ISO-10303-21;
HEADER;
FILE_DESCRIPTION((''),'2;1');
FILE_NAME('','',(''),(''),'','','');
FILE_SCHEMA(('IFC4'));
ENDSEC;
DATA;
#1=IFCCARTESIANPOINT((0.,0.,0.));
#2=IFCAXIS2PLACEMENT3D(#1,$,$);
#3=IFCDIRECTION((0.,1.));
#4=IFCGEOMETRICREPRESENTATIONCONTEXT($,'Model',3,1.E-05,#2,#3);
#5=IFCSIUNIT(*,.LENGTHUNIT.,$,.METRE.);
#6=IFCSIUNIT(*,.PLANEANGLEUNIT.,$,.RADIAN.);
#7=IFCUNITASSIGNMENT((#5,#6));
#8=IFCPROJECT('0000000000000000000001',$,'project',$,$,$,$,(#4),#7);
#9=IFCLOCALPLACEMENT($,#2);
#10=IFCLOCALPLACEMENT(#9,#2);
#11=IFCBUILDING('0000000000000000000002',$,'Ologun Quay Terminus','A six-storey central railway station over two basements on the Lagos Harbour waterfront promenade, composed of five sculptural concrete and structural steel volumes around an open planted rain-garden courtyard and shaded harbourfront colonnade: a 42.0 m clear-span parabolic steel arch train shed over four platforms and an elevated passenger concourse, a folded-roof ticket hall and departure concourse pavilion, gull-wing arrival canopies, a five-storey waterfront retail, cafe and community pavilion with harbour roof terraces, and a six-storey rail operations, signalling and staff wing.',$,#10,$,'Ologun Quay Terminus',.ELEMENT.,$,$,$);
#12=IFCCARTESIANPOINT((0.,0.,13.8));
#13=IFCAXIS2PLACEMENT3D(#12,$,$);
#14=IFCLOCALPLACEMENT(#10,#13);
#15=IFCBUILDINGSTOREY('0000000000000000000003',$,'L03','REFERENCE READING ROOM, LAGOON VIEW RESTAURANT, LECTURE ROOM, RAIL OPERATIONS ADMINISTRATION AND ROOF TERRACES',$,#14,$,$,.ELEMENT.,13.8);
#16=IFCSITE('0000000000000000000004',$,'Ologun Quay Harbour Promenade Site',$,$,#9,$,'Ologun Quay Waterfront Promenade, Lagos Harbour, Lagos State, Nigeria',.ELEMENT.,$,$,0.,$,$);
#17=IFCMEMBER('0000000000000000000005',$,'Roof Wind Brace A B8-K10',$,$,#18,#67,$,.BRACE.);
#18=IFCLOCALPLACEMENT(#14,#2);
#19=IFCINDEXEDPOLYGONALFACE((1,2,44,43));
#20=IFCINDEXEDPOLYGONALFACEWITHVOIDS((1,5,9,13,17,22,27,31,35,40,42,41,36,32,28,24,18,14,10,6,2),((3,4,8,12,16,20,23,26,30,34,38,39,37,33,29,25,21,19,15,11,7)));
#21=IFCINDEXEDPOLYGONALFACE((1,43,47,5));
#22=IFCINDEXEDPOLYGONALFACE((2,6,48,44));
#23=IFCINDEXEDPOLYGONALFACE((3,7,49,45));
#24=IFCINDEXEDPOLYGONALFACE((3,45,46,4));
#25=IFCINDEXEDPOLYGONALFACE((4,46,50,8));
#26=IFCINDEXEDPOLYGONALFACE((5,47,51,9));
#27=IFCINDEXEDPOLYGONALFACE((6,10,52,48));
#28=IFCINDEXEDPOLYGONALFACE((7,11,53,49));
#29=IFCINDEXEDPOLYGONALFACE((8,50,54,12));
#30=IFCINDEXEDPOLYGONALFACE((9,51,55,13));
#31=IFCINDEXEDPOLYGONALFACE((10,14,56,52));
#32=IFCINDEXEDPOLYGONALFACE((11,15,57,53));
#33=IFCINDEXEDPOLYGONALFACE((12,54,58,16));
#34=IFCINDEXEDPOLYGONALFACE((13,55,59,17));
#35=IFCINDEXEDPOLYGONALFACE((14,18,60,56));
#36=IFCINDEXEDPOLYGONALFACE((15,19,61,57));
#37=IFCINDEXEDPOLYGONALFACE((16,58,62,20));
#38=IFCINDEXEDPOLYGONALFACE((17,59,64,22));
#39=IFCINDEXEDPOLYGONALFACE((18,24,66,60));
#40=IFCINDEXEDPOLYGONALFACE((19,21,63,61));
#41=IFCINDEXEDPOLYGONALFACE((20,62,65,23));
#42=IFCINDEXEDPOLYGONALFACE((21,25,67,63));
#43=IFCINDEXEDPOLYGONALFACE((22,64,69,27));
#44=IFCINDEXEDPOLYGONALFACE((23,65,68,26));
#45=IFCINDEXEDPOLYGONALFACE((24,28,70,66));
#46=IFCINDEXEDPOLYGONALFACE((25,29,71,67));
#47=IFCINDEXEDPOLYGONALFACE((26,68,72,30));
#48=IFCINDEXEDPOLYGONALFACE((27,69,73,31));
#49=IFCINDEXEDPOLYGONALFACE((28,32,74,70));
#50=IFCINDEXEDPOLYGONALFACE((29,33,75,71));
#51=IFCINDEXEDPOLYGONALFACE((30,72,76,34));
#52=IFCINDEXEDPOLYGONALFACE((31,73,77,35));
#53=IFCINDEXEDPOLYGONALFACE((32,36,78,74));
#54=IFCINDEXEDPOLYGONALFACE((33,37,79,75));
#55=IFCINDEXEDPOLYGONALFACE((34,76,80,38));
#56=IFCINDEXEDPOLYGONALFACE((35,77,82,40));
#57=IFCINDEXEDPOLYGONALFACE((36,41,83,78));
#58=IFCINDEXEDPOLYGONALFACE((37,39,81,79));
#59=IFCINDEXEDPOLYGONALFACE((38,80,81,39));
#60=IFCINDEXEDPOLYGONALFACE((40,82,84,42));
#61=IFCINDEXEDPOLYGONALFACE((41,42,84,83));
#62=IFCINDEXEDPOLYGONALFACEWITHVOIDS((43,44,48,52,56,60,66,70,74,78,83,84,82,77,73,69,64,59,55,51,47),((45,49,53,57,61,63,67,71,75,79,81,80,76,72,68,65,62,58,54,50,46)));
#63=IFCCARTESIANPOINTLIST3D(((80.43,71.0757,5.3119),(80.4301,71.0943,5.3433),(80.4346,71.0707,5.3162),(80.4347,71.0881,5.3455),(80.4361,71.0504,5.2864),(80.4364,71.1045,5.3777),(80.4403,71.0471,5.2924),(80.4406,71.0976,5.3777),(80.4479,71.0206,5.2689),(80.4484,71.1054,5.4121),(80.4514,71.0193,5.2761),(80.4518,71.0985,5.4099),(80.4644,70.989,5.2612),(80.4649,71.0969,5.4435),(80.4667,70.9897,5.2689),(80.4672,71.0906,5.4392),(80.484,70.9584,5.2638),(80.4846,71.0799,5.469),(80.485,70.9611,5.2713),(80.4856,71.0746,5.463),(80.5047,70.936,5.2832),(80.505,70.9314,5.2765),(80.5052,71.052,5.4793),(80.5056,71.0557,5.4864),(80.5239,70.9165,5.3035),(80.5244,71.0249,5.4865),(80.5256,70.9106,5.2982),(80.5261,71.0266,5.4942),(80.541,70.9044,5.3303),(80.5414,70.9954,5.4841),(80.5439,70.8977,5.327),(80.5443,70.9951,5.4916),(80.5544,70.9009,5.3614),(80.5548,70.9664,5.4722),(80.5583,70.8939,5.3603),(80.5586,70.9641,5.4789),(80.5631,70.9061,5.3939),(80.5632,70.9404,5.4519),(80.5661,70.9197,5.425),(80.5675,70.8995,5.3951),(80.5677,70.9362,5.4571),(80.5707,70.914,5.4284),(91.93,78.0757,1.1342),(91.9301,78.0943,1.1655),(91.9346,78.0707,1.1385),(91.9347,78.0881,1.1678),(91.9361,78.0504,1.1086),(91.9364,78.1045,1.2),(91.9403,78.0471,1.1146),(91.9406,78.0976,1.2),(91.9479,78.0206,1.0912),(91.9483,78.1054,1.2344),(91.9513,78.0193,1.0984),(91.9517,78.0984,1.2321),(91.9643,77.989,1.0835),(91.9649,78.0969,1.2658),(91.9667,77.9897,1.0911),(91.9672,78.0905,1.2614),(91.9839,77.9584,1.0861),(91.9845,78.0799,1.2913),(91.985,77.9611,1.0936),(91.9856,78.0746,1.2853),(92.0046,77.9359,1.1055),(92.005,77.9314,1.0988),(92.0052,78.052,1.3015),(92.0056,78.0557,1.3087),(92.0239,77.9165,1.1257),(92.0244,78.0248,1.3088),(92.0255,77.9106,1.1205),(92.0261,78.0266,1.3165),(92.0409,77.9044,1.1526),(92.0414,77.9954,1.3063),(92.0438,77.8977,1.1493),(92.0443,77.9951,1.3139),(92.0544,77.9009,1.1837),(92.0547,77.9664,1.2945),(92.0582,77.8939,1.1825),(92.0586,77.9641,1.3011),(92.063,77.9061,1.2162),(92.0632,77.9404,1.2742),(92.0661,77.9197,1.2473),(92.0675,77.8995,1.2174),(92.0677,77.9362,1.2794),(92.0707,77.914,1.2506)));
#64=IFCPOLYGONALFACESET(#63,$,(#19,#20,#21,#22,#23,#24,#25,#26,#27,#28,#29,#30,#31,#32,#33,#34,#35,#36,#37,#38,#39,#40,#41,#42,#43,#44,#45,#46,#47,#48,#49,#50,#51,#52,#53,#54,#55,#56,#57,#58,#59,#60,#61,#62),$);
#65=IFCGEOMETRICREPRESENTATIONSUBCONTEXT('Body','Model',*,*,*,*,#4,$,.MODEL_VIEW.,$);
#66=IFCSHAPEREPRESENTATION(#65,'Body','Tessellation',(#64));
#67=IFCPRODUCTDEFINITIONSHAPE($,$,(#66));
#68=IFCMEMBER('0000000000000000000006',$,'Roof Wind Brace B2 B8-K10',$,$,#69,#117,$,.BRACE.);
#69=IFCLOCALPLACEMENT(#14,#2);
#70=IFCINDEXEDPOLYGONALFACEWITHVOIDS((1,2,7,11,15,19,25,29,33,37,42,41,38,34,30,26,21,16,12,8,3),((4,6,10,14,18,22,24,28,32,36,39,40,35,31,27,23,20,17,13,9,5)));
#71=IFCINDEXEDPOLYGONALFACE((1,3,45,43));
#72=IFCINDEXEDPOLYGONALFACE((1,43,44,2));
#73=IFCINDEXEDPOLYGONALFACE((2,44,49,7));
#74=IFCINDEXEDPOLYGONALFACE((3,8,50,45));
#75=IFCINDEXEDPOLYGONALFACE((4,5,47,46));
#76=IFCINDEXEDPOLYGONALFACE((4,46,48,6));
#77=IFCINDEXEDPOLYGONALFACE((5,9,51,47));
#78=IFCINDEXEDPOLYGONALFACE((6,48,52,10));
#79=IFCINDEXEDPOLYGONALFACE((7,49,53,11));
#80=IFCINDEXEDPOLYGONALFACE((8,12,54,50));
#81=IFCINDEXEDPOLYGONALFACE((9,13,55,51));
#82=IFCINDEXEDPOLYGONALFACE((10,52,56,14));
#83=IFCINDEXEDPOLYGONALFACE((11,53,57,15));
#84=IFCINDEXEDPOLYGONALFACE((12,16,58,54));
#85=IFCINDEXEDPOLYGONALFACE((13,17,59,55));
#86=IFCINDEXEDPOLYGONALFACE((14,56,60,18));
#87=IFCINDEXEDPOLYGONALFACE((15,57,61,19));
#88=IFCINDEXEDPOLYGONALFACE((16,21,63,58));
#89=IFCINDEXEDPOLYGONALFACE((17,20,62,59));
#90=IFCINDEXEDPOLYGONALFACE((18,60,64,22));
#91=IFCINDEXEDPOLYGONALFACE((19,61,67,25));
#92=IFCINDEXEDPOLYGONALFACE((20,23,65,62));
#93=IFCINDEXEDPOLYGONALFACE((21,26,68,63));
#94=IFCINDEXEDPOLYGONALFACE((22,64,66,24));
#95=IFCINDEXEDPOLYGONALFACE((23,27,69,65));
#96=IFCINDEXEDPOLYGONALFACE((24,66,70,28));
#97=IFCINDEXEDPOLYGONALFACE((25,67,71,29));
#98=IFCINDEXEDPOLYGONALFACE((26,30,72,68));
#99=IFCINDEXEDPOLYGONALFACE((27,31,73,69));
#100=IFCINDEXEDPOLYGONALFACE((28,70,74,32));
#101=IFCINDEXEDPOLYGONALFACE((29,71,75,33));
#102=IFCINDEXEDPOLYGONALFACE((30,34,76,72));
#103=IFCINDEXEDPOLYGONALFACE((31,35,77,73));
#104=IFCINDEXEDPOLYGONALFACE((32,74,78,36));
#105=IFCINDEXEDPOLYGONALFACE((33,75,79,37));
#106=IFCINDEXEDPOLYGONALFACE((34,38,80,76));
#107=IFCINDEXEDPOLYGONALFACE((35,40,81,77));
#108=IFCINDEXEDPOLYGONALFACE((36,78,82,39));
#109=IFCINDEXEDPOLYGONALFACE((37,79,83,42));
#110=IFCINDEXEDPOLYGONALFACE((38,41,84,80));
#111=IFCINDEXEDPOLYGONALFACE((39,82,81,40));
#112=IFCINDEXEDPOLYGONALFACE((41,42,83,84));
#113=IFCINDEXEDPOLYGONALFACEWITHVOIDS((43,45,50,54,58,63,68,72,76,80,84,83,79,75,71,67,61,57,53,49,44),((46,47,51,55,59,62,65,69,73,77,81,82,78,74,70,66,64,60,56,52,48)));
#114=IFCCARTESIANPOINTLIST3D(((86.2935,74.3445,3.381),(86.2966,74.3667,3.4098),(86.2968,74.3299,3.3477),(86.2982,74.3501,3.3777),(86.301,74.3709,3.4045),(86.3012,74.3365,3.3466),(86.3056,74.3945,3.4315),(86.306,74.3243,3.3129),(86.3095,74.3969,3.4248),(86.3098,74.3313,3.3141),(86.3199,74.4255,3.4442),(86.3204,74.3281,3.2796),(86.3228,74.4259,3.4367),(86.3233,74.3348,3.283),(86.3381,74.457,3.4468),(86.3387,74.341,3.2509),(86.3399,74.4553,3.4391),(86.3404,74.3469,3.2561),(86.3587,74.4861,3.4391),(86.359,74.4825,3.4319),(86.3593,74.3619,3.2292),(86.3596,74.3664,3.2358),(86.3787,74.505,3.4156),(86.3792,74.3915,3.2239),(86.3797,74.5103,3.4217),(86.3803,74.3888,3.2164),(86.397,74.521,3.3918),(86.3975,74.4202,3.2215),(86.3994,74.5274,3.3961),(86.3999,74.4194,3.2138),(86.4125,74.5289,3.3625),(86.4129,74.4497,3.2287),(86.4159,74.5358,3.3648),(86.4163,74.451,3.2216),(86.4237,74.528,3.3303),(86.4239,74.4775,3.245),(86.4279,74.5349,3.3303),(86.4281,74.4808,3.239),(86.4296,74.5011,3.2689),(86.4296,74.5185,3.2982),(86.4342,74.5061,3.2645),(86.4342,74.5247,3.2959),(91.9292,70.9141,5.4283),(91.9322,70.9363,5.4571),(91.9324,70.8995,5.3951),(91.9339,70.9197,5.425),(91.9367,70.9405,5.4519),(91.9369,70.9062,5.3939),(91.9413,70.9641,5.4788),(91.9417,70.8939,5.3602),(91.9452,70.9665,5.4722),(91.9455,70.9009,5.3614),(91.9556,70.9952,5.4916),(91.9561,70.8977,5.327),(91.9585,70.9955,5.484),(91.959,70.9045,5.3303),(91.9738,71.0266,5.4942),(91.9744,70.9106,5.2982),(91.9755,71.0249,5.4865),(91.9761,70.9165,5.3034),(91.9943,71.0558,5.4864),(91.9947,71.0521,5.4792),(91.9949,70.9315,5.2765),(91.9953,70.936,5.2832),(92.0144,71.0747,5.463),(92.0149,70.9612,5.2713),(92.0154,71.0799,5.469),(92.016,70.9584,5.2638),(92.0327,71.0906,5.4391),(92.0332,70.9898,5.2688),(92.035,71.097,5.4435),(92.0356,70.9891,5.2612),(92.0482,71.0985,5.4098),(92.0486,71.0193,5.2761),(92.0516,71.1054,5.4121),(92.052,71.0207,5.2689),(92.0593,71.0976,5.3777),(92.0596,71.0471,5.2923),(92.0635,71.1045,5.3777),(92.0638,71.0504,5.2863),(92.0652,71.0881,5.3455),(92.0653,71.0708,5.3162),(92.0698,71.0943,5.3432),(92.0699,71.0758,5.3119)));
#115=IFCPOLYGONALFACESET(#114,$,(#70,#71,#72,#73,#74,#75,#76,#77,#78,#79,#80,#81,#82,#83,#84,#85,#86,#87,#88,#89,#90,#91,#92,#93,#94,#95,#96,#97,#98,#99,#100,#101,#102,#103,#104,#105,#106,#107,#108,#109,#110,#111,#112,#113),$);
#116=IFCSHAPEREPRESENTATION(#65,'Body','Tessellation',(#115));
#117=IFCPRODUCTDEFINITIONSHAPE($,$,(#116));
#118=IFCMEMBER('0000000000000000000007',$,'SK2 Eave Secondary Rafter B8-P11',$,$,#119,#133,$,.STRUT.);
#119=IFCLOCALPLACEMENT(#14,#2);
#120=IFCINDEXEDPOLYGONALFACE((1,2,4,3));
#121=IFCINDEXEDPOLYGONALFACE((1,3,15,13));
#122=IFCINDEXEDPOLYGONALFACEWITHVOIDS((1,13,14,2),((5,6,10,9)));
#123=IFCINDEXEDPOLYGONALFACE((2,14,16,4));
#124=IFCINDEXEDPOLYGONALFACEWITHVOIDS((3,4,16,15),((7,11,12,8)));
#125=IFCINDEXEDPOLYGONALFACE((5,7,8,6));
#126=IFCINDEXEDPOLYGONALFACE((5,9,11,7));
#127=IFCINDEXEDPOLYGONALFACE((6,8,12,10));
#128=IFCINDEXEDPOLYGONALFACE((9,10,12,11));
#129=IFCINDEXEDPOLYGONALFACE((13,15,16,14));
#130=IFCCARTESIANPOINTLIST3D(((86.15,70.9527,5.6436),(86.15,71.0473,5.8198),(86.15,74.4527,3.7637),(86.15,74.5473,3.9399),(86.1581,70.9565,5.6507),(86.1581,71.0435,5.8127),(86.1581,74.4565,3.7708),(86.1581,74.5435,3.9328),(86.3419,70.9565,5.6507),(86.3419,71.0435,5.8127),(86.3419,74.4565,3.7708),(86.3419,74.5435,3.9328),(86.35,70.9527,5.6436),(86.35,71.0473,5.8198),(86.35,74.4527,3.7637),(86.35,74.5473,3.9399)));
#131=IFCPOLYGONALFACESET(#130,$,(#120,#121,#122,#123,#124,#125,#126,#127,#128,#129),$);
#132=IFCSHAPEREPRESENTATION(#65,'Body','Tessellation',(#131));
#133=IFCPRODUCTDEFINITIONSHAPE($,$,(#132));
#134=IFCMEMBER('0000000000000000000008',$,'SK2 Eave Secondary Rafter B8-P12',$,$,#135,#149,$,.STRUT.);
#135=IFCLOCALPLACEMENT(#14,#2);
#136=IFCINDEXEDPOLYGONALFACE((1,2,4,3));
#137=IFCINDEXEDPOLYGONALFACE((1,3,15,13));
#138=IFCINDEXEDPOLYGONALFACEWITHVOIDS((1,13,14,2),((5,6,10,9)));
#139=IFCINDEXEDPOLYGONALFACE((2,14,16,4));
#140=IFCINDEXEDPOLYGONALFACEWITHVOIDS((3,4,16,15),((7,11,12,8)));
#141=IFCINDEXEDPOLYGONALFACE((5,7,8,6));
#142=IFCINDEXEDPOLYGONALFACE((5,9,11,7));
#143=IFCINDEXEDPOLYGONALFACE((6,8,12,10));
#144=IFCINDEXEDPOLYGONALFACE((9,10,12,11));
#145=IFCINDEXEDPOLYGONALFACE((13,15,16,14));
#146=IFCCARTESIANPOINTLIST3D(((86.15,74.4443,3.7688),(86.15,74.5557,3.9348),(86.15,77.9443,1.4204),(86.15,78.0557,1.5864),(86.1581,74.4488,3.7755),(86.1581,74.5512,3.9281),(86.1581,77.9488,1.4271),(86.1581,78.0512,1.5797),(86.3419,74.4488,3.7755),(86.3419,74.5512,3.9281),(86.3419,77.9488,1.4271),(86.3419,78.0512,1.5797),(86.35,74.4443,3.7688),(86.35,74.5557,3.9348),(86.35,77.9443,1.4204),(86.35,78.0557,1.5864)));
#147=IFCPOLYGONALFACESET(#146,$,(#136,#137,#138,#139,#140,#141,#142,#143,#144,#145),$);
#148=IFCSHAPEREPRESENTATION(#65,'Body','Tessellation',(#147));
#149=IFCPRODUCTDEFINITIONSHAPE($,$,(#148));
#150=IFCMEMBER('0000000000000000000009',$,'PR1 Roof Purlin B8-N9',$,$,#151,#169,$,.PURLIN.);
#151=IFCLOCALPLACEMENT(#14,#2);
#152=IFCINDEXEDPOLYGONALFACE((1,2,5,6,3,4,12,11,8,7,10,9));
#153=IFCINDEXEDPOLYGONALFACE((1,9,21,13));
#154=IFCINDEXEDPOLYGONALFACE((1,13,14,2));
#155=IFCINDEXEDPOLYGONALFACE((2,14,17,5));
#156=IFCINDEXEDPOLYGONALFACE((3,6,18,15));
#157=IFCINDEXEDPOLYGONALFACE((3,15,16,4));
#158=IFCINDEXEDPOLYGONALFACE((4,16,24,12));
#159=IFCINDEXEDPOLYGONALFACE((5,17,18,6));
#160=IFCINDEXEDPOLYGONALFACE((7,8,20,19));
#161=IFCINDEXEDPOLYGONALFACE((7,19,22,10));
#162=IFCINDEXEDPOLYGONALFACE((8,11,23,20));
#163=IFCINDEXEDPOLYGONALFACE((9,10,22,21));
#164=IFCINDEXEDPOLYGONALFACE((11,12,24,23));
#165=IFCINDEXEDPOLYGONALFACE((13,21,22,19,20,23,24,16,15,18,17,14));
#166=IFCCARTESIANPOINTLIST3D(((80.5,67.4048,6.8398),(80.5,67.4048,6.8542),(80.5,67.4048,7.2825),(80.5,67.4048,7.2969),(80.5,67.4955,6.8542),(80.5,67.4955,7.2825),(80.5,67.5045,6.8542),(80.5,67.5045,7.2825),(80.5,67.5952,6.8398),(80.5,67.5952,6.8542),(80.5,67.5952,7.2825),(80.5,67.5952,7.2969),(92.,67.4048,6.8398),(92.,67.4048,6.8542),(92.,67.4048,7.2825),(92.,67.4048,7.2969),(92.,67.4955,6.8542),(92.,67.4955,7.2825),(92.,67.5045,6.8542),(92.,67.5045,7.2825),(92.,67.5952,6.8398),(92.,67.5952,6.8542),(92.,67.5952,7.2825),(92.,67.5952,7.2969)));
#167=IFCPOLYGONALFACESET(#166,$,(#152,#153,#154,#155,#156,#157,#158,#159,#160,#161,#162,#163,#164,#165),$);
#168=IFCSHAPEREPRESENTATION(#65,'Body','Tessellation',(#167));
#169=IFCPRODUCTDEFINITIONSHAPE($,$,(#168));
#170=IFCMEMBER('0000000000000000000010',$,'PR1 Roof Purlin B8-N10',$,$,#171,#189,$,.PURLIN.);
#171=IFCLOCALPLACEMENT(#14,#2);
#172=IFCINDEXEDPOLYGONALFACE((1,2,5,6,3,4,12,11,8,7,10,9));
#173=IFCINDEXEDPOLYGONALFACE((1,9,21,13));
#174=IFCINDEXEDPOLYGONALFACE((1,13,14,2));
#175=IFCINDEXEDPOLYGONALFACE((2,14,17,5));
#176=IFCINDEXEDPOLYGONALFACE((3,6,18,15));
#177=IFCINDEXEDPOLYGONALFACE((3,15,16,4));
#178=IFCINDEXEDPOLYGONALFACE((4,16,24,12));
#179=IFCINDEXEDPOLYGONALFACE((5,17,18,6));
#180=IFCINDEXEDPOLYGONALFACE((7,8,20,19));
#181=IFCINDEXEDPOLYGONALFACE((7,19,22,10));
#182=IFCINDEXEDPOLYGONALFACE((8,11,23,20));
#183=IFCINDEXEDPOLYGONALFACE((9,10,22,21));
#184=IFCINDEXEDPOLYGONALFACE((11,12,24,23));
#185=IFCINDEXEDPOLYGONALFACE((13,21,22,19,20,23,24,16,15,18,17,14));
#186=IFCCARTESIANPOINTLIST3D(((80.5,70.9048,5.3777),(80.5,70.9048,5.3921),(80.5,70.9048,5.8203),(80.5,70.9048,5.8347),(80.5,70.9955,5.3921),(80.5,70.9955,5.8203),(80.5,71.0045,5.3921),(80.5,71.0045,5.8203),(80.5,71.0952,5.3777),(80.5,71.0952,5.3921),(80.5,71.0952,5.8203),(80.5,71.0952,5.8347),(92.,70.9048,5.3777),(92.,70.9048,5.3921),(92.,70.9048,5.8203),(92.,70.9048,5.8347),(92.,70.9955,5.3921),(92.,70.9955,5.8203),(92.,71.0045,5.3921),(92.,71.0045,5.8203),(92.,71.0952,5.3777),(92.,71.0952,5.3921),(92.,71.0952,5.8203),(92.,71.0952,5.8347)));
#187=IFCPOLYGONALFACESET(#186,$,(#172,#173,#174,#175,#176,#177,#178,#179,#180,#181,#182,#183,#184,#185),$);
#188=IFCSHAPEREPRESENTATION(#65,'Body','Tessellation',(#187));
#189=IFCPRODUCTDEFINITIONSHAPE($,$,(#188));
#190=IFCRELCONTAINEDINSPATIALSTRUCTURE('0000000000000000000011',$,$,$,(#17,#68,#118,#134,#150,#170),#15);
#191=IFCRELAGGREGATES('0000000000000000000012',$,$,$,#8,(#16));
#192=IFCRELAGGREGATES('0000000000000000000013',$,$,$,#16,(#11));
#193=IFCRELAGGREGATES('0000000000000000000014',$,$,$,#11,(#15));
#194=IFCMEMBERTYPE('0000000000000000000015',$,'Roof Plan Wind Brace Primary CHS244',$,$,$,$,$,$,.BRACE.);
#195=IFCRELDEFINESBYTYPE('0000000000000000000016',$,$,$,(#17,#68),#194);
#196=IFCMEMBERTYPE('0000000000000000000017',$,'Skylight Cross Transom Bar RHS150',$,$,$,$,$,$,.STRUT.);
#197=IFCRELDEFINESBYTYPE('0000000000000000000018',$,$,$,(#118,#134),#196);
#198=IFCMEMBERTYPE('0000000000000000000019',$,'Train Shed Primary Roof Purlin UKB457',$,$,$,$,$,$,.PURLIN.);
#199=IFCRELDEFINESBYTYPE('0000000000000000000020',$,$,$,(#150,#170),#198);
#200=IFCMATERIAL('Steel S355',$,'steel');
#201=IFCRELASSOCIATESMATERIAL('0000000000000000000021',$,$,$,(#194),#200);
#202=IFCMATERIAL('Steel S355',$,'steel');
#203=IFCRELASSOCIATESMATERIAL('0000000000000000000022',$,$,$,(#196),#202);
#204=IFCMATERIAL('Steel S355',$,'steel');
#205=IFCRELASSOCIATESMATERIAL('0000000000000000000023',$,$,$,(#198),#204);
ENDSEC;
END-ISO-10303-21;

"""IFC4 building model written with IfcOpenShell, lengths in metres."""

from ifc_helpers import new_model, si_unit, direction, frame, origin, origin_2d, place, context, subcontext, project, spatial, hollow_rectangle, hollow_circle, i_section, extrude, material, material_profile, profile_set, type_object, element, save


model = new_model("IFC4")

# Units and contexts
model_context = context("Model", 3, precision=1e-05, world=origin(), true_north=direction((0.0, 1.0)))
body_context = subcontext(model_context, "Body", "Model", "MODEL_VIEW")
ifc_project = project(units=[si_unit("LENGTHUNIT", "METRE"), si_unit("PLANEANGLEUNIT", "RADIAN")], contexts=[model_context])

# Site, building, storey
site_placement = place(None, origin())
site = spatial("IfcSite", under=ifc_project, at=site_placement, Name="Ologun Quay Harbour Promenade Site", LongName="Ologun Quay Waterfront Promenade, Lagos Harbour, Lagos State, Nigeria", CompositionType="ELEMENT", RefElevation=0.0)
building_placement = place(site_placement, origin())
building = spatial("IfcBuilding", under=site, at=building_placement, Name="Ologun Quay Terminus", Description="A six-storey central railway station over two basements on the Lagos Harbour waterfront promenade, composed of five sculptural concrete and structural steel volumes around an open planted rain-garden courtyard and shaded harbourfront colonnade: a 42.0 m clear-span parabolic steel arch train shed over four platforms and an elevated passenger concourse, a folded-roof ticket hall and departure concourse pavilion, gull-wing arrival canopies, a five-storey waterfront retail, cafe and community pavilion with harbour roof terraces, and a six-storey rail operations, signalling and staff wing.", LongName="Ologun Quay Terminus", CompositionType="ELEMENT")
storey_placement = place(building_placement, frame((0.0, 0.0, 13.8)))
storey = spatial("IfcBuildingStorey", under=building, at=storey_placement, Name="L03", Description="REFERENCE READING ROOM, LAGOON VIEW RESTAURANT, LECTURE ROOM, RAIL OPERATIONS ADMINISTRATION AND ROOF TERRACES", CompositionType="ELEMENT", Elevation=13.8)

# Members
ifc_material_1 = material(Name="Steel S355", Category="steel")
ifc_material_profile_1 = material_profile(ifc_material_1, hollow_circle(Radius=0.1223, WallThickness=0.0081, at=origin_2d()), Name="CHS 244.5x8")
ifc_profile_set_1 = profile_set([ifc_material_profile_1], Name="Steel S355")
member_type_1 = type_object("IfcMemberType", Name="Roof Plan Wind Brace Primary CHS244", PredefinedType="BRACE", material=ifc_profile_set_1)
member_1_placement = place(storey_placement, frame((80.5, 71.0, 5.3777), z_axis=(0.815821, 0.496587, -0.296373), x_axis=(-0.519947, 0.854199, 0.0)))
element("IfcMember", 1, at=member_1_placement, inside=storey, type_object=member_type_1, Name="Roof Wind Brace A B8-K10", PredefinedType="BRACE", context=body_context, shape_type="SweptSolid", body=[
    extrude(hollow_circle(Radius=0.1223, WallThickness=0.0081, at=origin_2d()), origin(), (0.0, 0.0, 1.0), 14.0962),
])
member_2_placement = place(storey_placement, frame((86.3643, 74.4304, 3.3303), z_axis=(0.815823, -0.496583, 0.296374), x_axis=(0.519943, 0.854201, 0.0)))
element("IfcMember", 2, at=member_2_placement, inside=storey, type_object=member_type_1, Name="Roof Wind Brace B2 B8-K10", PredefinedType="BRACE", context=body_context, shape_type="SweptSolid", body=[
    extrude(hollow_circle(Radius=0.1223, WallThickness=0.0081, at=origin_2d()), origin(), (0.0, 0.0, 1.0), 6.908),
])
ifc_material_2 = material(Name="Steel S355", Category="steel")
ifc_material_profile_2 = material_profile(ifc_material_2, hollow_rectangle(XDim=0.2, YDim=0.2, WallThickness=0.0081, at=origin_2d()), Name="SHS 200x200x8")
ifc_profile_set_2 = profile_set([ifc_material_profile_2], Name="Steel S355")
member_type_2 = type_object("IfcMemberType", Name="Skylight Cross Transom Bar RHS150", PredefinedType="STRUT", material=ifc_profile_set_2)
member_3_placement = place(storey_placement, frame((86.25, 71.0, 5.7317), z_axis=(0.0, 0.880968, -0.473176), x_axis=(-1.0, 0.0, 0.0)))
element("IfcMember", 3, at=member_3_placement, inside=storey, type_object=member_type_2, Name="SK2 Eave Secondary Rafter B8-P11", PredefinedType="STRUT", context=body_context, shape_type="SweptSolid", body=[
    extrude(hollow_rectangle(XDim=0.2, YDim=0.2, WallThickness=0.0081, at=origin_2d()), origin(), (0.0, 0.0, 1.0), 3.9729),
])
member_4_placement = place(storey_placement, frame((86.25, 74.5, 3.8518), z_axis=(0.0, 0.830398, -0.557171), x_axis=(-1.0, 0.0, 0.0)))
element("IfcMember", 4, at=member_4_placement, inside=storey, type_object=member_type_2, Name="SK2 Eave Secondary Rafter B8-P12", PredefinedType="STRUT", context=body_context, shape_type="SweptSolid", body=[
    extrude(hollow_rectangle(XDim=0.2, YDim=0.2, WallThickness=0.0081, at=origin_2d()), origin(), (0.0, 0.0, 1.0), 4.2148),
])
ifc_material_3 = material(Name="Steel S355", Category="steel")
ifc_material_profile_3 = material_profile(ifc_material_3, i_section(OverallWidth=0.1904, OverallDepth=0.457, WebThickness=0.009, FlangeThickness=0.0144, at=origin_2d()), Name="UKB 457x191x74")
ifc_profile_set_3 = profile_set([ifc_material_profile_3], Name="Steel S355")
member_type_3 = type_object("IfcMemberType", Name="Train Shed Primary Roof Purlin UKB457", PredefinedType="PURLIN", material=ifc_profile_set_3)
for number, where, z_axis, x_axis, name in (
    (5, (80.5, 67.5, 7.0684), (1.0, 0.0, 0.0), (0.0, 1.0, 0.0), "PR1 Roof Purlin B8-N9"),
    (6, (80.5, 71.0, 5.6062), (1.0, 0.0, 0.0), (0.0, 1.0, 0.0), "PR1 Roof Purlin B8-N10"),
):
    element("IfcMember", number, at=place(storey_placement, frame(where, z_axis=z_axis, x_axis=x_axis)), inside=storey, type_object=member_type_3, Name=name, PredefinedType="PURLIN", context=body_context, shape_type="SweptSolid", body=[
        extrude(i_section(OverallWidth=0.1904, OverallDepth=0.457, WebThickness=0.009, FlangeThickness=0.0144, at=origin_2d()), origin(), (0.0, 0.0, 1.0), 11.5),
    ])

save(model, "model.ifc")
